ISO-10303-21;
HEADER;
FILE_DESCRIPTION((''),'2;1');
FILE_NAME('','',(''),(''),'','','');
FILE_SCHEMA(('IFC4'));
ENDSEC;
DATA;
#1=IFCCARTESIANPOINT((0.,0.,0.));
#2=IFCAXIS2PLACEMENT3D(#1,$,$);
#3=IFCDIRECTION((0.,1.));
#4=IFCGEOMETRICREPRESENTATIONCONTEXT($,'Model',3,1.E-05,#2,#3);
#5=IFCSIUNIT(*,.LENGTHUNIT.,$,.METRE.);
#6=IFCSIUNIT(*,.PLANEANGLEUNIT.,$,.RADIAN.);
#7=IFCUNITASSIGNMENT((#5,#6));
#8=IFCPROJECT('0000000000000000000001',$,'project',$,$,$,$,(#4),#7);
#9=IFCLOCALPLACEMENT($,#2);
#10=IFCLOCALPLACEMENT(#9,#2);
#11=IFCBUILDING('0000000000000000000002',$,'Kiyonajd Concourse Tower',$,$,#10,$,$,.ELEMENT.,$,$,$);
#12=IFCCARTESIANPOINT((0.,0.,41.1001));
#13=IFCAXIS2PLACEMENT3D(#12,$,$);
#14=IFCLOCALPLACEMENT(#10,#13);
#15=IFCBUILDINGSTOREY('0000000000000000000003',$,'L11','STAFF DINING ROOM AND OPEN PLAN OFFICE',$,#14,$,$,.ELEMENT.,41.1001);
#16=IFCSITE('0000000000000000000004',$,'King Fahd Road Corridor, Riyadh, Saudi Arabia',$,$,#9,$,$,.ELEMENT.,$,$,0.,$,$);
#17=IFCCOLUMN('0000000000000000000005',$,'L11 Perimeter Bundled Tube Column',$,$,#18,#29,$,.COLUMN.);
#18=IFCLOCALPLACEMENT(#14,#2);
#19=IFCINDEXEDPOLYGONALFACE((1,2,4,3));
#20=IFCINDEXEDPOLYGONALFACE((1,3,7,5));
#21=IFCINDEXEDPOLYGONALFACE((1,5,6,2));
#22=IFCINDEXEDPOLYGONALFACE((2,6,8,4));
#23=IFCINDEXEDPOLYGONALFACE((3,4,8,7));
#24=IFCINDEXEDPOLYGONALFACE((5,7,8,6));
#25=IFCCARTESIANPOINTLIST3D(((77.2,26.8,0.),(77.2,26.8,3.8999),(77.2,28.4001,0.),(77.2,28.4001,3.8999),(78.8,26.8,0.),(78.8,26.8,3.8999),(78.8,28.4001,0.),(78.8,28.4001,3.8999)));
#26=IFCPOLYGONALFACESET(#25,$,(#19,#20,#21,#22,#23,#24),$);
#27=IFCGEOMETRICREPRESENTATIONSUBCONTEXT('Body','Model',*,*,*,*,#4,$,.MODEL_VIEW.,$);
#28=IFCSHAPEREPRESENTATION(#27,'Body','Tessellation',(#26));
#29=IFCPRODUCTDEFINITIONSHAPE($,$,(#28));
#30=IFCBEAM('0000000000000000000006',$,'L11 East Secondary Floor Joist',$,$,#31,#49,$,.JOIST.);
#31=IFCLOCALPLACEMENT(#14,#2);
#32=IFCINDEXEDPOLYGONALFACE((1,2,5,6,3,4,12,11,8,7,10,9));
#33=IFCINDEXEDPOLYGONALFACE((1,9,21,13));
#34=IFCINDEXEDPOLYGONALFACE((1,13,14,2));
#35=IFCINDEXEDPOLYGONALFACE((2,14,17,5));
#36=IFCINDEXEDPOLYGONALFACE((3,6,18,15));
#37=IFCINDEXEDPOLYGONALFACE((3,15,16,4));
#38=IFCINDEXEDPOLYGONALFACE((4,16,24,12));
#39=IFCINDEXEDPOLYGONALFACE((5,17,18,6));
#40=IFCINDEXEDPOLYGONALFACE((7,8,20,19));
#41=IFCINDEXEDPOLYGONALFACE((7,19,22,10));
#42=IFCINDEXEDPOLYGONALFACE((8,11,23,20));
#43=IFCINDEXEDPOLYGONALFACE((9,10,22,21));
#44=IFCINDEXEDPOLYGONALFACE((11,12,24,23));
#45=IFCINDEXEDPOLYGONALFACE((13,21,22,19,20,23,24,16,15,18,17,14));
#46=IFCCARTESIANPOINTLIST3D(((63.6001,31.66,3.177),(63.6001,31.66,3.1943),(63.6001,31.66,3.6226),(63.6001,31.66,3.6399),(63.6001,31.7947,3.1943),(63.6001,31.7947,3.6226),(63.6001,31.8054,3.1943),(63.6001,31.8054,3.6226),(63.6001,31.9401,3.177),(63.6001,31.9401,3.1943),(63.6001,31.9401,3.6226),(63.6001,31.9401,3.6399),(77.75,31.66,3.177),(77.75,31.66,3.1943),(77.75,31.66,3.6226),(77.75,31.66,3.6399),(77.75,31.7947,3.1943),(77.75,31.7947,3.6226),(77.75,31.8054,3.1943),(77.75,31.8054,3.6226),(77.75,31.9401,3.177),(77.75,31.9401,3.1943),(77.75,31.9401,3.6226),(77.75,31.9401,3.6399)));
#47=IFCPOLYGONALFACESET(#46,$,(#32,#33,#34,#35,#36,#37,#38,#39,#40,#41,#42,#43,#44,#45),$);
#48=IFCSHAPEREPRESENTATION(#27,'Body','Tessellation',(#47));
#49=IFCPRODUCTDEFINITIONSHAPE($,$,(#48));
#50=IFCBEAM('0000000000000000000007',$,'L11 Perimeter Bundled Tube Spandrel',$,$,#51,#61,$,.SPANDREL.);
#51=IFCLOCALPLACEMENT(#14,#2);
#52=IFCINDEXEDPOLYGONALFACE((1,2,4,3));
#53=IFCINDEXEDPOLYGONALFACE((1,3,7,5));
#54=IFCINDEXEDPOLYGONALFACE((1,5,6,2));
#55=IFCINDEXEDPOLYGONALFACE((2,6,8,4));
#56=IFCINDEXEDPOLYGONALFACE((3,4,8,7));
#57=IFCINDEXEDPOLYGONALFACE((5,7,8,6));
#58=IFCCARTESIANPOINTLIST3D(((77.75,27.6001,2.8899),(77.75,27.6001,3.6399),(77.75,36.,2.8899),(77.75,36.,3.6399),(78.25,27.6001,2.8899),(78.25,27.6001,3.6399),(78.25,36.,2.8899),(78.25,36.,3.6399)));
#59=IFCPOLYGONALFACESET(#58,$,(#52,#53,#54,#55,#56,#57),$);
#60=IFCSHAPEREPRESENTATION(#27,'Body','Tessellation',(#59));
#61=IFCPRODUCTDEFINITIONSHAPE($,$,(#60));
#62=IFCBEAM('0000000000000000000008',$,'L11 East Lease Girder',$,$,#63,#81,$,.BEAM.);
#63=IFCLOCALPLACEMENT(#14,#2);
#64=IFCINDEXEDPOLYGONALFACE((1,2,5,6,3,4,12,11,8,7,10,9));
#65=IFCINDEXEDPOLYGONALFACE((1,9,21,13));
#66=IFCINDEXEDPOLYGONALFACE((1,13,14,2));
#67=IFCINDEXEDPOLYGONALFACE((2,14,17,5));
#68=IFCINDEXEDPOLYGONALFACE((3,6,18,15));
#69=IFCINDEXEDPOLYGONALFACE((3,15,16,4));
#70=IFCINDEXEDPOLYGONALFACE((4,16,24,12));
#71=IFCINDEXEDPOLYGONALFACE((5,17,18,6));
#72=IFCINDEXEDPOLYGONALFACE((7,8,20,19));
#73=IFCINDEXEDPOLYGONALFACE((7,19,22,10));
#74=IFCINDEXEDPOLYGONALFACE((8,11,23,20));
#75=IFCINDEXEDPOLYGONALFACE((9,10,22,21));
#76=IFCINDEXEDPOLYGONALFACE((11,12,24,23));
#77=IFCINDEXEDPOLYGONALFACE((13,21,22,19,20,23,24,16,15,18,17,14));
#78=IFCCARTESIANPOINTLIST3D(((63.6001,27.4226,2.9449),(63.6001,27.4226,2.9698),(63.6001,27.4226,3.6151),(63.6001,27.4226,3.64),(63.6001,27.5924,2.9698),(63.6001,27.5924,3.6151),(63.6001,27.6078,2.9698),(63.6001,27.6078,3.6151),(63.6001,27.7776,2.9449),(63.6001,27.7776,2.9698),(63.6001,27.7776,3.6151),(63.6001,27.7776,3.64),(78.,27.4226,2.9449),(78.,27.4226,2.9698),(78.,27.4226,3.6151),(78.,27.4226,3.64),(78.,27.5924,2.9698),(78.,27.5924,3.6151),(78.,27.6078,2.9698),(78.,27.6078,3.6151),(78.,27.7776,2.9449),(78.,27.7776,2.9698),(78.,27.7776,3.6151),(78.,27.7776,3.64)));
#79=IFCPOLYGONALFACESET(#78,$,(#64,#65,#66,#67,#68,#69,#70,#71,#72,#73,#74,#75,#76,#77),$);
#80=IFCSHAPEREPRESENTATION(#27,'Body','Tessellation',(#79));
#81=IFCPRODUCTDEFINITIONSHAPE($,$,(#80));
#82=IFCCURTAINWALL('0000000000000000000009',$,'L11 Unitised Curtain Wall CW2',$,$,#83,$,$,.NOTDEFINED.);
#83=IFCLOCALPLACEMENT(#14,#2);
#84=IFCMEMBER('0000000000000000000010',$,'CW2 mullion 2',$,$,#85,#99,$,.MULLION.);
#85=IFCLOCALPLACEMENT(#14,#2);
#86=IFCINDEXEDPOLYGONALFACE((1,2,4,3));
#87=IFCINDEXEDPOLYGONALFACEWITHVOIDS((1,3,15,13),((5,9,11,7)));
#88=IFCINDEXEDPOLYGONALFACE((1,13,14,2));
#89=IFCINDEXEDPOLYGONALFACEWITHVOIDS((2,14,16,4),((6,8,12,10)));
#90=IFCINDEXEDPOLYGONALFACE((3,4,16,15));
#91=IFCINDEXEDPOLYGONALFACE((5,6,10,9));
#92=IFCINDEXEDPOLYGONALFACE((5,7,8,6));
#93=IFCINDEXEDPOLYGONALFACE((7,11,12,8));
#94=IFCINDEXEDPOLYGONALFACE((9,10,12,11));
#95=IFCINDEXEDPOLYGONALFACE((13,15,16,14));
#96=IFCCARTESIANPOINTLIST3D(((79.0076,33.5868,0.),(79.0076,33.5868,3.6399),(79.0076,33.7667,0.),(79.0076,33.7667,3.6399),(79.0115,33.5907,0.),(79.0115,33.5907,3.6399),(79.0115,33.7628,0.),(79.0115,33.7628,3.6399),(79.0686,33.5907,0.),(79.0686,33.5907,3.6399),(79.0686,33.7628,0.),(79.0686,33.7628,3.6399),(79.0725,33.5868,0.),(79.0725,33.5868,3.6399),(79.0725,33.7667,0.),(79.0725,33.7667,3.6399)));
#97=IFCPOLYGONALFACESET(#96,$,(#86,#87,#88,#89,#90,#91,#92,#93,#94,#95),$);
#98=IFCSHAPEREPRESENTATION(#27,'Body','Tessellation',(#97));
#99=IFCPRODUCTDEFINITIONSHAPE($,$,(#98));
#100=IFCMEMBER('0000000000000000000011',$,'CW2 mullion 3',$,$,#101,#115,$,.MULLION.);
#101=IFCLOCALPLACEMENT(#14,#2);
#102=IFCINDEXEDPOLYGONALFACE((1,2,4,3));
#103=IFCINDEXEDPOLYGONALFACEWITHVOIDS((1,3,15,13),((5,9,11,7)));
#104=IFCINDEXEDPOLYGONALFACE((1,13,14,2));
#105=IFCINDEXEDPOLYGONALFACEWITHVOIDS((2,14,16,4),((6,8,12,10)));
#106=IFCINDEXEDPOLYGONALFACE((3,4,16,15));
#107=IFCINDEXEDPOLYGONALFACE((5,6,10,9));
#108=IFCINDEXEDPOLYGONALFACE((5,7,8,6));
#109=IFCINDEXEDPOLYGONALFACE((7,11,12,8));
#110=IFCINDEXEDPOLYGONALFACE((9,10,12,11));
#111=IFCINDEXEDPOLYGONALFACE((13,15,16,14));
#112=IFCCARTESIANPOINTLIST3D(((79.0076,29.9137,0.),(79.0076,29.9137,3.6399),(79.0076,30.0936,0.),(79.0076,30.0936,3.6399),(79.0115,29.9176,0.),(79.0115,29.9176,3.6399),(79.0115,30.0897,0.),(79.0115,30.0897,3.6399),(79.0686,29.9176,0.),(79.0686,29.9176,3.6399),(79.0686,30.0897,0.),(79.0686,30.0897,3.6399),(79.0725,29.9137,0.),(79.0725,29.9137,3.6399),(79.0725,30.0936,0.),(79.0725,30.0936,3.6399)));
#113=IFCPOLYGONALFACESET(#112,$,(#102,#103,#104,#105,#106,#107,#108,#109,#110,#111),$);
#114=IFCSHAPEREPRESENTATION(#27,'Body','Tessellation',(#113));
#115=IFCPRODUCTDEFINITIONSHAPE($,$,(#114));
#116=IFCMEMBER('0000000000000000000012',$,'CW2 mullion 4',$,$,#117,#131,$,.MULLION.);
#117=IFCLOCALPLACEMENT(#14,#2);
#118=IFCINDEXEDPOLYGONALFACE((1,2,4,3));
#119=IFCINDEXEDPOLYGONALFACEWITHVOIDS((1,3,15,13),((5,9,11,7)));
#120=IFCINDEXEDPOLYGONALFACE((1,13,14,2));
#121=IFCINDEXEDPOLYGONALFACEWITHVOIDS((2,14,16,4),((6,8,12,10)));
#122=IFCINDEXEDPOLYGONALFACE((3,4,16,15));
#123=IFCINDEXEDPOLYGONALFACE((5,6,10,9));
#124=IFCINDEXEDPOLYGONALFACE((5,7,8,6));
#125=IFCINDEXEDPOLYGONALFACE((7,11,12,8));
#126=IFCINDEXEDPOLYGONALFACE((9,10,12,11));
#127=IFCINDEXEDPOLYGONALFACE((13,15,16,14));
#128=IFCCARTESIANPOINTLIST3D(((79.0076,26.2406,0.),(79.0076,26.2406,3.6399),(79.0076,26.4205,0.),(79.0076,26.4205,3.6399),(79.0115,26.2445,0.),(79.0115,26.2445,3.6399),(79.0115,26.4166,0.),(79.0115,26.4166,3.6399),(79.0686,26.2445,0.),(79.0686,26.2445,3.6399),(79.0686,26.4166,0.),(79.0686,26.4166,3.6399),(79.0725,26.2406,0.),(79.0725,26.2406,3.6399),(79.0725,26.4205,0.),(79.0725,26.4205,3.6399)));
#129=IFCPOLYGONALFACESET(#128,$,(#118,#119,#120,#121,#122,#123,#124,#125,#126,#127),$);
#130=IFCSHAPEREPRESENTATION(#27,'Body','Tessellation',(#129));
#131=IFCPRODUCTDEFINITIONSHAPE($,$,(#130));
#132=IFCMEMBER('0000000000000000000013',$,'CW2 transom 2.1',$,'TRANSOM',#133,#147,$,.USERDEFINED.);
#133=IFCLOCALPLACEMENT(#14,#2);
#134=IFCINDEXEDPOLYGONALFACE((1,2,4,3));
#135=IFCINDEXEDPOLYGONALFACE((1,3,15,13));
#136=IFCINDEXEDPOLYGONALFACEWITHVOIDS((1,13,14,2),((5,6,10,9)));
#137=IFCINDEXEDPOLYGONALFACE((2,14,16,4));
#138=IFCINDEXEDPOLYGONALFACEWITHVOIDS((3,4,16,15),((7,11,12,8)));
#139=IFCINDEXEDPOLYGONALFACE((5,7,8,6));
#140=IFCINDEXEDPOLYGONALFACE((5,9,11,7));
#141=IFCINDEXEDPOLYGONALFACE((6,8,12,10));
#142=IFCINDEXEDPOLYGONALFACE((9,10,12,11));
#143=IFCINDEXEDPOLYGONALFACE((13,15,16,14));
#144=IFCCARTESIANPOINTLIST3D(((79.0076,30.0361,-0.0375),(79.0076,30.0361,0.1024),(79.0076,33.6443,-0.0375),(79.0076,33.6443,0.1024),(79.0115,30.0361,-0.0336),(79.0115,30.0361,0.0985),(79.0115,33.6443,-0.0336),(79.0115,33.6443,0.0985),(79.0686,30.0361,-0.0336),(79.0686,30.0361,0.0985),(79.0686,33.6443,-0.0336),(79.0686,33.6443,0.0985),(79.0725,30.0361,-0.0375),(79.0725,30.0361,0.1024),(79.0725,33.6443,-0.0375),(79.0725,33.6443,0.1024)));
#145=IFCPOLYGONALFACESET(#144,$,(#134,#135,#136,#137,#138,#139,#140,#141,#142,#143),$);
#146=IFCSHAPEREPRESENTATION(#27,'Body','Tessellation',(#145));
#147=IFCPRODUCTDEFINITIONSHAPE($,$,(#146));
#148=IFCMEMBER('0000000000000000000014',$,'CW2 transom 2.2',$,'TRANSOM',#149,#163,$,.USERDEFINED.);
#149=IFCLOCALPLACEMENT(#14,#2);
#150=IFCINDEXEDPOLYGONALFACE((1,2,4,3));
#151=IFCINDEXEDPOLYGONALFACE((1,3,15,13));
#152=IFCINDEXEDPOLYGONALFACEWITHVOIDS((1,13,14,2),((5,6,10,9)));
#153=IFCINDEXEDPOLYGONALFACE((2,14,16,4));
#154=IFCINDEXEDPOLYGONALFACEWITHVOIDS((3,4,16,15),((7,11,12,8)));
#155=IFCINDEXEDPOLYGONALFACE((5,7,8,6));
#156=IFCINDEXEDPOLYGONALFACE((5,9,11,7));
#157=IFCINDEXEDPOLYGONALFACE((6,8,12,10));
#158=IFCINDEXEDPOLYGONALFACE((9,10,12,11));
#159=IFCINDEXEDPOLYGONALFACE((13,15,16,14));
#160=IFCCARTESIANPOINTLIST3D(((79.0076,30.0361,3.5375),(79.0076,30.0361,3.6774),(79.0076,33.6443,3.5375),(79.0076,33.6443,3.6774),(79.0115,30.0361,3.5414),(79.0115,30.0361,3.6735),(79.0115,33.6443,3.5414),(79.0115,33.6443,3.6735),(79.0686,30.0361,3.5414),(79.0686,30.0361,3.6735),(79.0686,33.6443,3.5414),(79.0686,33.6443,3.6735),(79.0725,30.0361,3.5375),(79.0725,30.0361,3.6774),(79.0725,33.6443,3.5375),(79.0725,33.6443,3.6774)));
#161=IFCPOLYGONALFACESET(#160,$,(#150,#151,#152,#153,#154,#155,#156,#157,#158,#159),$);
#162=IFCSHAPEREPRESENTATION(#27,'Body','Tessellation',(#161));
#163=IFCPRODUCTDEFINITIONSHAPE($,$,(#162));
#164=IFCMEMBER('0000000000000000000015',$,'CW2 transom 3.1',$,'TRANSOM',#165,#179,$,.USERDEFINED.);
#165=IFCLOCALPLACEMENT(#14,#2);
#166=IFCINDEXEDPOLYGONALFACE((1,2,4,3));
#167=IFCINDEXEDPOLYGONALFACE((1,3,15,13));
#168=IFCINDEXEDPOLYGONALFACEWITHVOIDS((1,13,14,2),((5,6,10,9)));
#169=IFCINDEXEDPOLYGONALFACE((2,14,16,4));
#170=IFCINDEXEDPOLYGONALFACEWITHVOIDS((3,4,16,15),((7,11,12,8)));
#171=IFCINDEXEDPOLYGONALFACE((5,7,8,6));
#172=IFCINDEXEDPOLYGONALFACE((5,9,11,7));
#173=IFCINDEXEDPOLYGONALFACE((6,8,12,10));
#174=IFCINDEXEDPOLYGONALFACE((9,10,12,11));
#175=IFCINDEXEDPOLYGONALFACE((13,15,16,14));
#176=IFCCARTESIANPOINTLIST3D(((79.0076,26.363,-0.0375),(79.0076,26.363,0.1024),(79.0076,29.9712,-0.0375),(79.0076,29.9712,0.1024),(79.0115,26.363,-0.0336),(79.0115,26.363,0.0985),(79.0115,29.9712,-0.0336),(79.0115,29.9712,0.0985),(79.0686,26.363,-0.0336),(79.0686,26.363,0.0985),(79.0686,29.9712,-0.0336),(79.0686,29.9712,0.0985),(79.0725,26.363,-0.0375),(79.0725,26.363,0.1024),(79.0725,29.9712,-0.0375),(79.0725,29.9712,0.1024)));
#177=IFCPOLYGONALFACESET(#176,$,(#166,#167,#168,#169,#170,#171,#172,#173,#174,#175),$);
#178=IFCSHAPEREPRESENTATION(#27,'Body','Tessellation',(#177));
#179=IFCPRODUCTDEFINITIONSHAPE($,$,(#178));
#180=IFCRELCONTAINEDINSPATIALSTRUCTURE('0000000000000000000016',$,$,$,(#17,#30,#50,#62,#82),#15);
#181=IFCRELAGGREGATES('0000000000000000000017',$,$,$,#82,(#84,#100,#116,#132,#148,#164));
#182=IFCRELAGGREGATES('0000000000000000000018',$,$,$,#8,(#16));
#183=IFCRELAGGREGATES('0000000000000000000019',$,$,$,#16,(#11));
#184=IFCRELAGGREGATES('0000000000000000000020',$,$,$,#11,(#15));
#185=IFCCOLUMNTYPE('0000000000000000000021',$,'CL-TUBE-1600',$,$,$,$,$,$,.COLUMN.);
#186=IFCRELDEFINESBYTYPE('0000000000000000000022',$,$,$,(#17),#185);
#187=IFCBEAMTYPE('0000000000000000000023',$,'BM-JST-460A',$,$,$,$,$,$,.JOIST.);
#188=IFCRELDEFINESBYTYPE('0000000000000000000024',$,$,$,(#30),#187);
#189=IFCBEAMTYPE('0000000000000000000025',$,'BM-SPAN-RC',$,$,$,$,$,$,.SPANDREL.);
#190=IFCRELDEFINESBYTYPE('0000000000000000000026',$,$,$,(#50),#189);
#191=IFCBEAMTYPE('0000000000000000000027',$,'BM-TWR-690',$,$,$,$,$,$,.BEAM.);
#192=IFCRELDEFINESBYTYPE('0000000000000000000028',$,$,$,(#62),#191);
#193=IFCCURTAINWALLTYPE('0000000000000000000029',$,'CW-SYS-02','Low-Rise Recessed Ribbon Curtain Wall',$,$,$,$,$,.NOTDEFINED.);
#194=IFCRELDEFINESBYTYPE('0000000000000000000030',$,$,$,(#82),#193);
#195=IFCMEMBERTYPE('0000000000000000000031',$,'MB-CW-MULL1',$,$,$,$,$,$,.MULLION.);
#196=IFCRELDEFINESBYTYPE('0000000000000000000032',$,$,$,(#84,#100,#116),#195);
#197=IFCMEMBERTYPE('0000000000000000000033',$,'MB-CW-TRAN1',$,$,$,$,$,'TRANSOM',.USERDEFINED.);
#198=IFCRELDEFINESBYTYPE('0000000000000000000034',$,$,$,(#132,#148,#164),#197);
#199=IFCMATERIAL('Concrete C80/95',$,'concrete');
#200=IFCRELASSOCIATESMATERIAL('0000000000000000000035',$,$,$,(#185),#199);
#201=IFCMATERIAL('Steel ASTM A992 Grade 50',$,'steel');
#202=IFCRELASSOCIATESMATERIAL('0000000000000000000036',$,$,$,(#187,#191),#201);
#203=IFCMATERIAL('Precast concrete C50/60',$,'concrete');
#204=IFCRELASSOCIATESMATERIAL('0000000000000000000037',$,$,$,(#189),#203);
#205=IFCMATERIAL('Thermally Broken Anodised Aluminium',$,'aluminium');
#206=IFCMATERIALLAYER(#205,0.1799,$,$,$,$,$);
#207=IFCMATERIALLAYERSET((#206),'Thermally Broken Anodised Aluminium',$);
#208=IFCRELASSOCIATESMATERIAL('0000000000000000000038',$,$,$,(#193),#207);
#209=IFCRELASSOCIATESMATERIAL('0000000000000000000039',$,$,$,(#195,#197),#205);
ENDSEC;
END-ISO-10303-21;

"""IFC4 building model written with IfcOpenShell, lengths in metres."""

from ifc_helpers import new_model, si_unit, direction, frame, origin, origin_2d, place, context, subcontext, project, spatial, rectangle, hollow_rectangle, i_section, extrude, material, layer, layer_set, material_profile, profile_set, type_object, element, aggregate, save


model = new_model("IFC4")

# Units and contexts
model_context = context("Model", 3, precision=1e-05, world=origin(), true_north=direction((0.0, 1.0)))
body_context = subcontext(model_context, "Body", "Model", "MODEL_VIEW")
ifc_project = project(units=[si_unit("LENGTHUNIT", "METRE"), si_unit("PLANEANGLEUNIT", "RADIAN")], contexts=[model_context])

# Site, building, storey
site_placement = place(None, origin())
site = spatial("IfcSite", under=ifc_project, at=site_placement, Name="King Fahd Road Corridor, Riyadh, Saudi Arabia", CompositionType="ELEMENT", RefElevation=0.0)
building_placement = place(site_placement, origin())
building = spatial("IfcBuilding", under=site, at=building_placement, Name="Kiyonajd Concourse Tower", CompositionType="ELEMENT")
storey_placement = place(building_placement, frame((0.0, 0.0, 41.1001)))
storey = spatial("IfcBuildingStorey", under=building, at=storey_placement, Name="L11", Description="STAFF DINING ROOM AND OPEN PLAN OFFICE", CompositionType="ELEMENT", Elevation=41.1001)

# Column
ifc_material_1 = material(Name="Concrete C80/95", Category="concrete")
ifc_material_profile_1 = material_profile(ifc_material_1, rectangle(XDim=1.6001, YDim=1.6001, at=origin_2d()), Name="RC-1600x1600")
ifc_profile_set_1 = profile_set([ifc_material_profile_1], Name="Concrete C80/95")
column_type = type_object("IfcColumnType", Name="CL-TUBE-1600", PredefinedType="COLUMN", material=ifc_profile_set_1)
column_placement = place(storey_placement, frame((78.0, 27.6001, 0.0), z_axis=(0.0, 0.0, 1.0), x_axis=(1.0, 0.0, 0.0)))
element("IfcColumn", 1, at=column_placement, inside=storey, type_object=column_type, Name="L11 Perimeter Bundled Tube Column", PredefinedType="COLUMN", context=body_context, shape_type="SweptSolid", body=[
    extrude(rectangle(XDim=1.6001, YDim=1.6001, at=origin_2d()), origin(), (0.0, 0.0, 1.0), 3.8999),
])

# Beams
ifc_material_2 = material(Name="Steel ASTM A992 Grade 50", Category="steel")
ifc_material_profile_2 = material_profile(ifc_material_2, i_section(OverallWidth=0.28, OverallDepth=0.4629, WebThickness=0.0107, FlangeThickness=0.0173, at=origin_2d()), Name="W460X113")
ifc_profile_set_2 = profile_set([ifc_material_profile_2], Name="Steel ASTM A992 Grade 50")
beam_type_1 = type_object("IfcBeamType", Name="BM-JST-460A", PredefinedType="JOIST", material=ifc_profile_set_2)
beam_1_placement = place(storey_placement, frame((63.6001, 31.8, 3.4084), z_axis=(1.0, 0.0, 0.0), x_axis=(0.0, 1.0, 0.0)))
element("IfcBeam", 2, at=beam_1_placement, inside=storey, type_object=beam_type_1, Name="L11 East Secondary Floor Joist", PredefinedType="JOIST", context=body_context, shape_type="SweptSolid", body=[
    extrude(i_section(OverallWidth=0.28, OverallDepth=0.4629, WebThickness=0.0107, FlangeThickness=0.0173, at=origin_2d()), origin(), (0.0, 0.0, 1.0), 14.1499),
])
ifc_material_3 = material(Name="Precast concrete C50/60", Category="concrete")
ifc_material_profile_3 = material_profile(ifc_material_3, rectangle(XDim=0.5, YDim=0.75, at=origin_2d()), Name="RCBM-500x750")
ifc_profile_set_3 = profile_set([ifc_material_profile_3], Name="Precast concrete C50/60")
beam_type_2 = type_object("IfcBeamType", Name="BM-SPAN-RC", PredefinedType="SPANDREL", material=ifc_profile_set_3)
beam_2_placement = place(storey_placement, frame((78.0, 27.6001, 3.2649), z_axis=(0.0, 1.0, 0.0), x_axis=(-1.0, 0.0, 0.0)))
element("IfcBeam", 3, at=beam_2_placement, inside=storey, type_object=beam_type_2, Name="L11 Perimeter Bundled Tube Spandrel", PredefinedType="SPANDREL", context=body_context, shape_type="SweptSolid", body=[
    extrude(rectangle(XDim=0.5, YDim=0.75, at=origin_2d()), origin(), (0.0, 0.0, 1.0), 8.3999),
])
ifc_material_profile_4 = material_profile(ifc_material_2, i_section(OverallWidth=0.355, OverallDepth=0.6951, WebThickness=0.0154, FlangeThickness=0.0249, at=origin_2d()), Name="W690X217")
ifc_profile_set_4 = profile_set([ifc_material_profile_4], Name="Steel ASTM A992 Grade 50")
beam_type_3 = type_object("IfcBeamType", Name="BM-TWR-690", PredefinedType="BEAM", material=ifc_profile_set_4)
beam_3_placement = place(storey_placement, frame((63.6001, 27.6001, 3.2925), z_axis=(1.0, 0.0, 0.0), x_axis=(0.0, 1.0, 0.0)))
element("IfcBeam", 4, at=beam_3_placement, inside=storey, type_object=beam_type_3, Name="L11 East Lease Girder", PredefinedType="BEAM", context=body_context, shape_type="SweptSolid", body=[
    extrude(i_section(OverallWidth=0.355, OverallDepth=0.6951, WebThickness=0.0154, FlangeThickness=0.0249, at=origin_2d()), origin(), (0.0, 0.0, 1.0), 14.3999),
])

# Curtain wall, members
ifc_material_4 = material(Name="Thermally Broken Anodised Aluminium", Category="aluminium")
ifc_layer_1 = layer(ifc_material_4, 0.1799)
ifc_layer_set_1 = layer_set([ifc_layer_1], Name="Thermally Broken Anodised Aluminium")
curtain_wall_type = type_object("IfcCurtainWallType", Name="CW-SYS-02", Description="Low-Rise Recessed Ribbon Curtain Wall", PredefinedType="NOTDEFINED", material=ifc_layer_set_1)
curtain_wall_placement = place(storey_placement, origin())
curtain_wall = element("IfcCurtainWall", 5, at=curtain_wall_placement, inside=storey, type_object=curtain_wall_type, Name="L11 Unitised Curtain Wall CW2", PredefinedType="NOTDEFINED")
ifc_material_profile_5 = material_profile(ifc_material_4, hollow_rectangle(XDim=0.0649, YDim=0.1799, WallThickness=0.0039, at=origin_2d()), Name="MULL-65x180")
ifc_profile_set_5 = profile_set([ifc_material_profile_5], Name="Thermally Broken Anodised Aluminium")
member_type_1 = type_object("IfcMemberType", Name="MB-CW-MULL1", PredefinedType="MULLION", material=ifc_profile_set_5)
member_1_placement = place(storey_placement, frame((79.04, 33.6768, 0.0), z_axis=(0.0, 0.0, 1.0), x_axis=(1.0, 0.0, 0.0)))
member_1 = element("IfcMember", 6, at=member_1_placement, type_object=member_type_1, Name="CW2 mullion 2", PredefinedType="MULLION", context=body_context, shape_type="SweptSolid", body=[
    extrude(hollow_rectangle(XDim=0.0649, YDim=0.1799, WallThickness=0.0039, at=origin_2d()), origin(), (0.0, 0.0, 1.0), 3.6399),
])
member_2_placement = place(storey_placement, frame((79.04, 30.0037, 0.0), z_axis=(0.0, 0.0, 1.0), x_axis=(1.0, 0.0, 0.0)))
member_2 = element("IfcMember", 7, at=member_2_placement, type_object=member_type_1, Name="CW2 mullion 3", PredefinedType="MULLION", context=body_context, shape_type="SweptSolid", body=[
    extrude(hollow_rectangle(XDim=0.0649, YDim=0.1799, WallThickness=0.0039, at=origin_2d()), origin(), (0.0, 0.0, 1.0), 3.6399),
])
member_3_placement = place(storey_placement, frame((79.04, 26.3306, 0.0), z_axis=(0.0, 0.0, 1.0), x_axis=(1.0, 0.0, 0.0)))
member_3 = element("IfcMember", 8, at=member_3_placement, type_object=member_type_1, Name="CW2 mullion 4", PredefinedType="MULLION", context=body_context, shape_type="SweptSolid", body=[
    extrude(hollow_rectangle(XDim=0.0649, YDim=0.1799, WallThickness=0.0039, at=origin_2d()), origin(), (0.0, 0.0, 1.0), 3.6399),
])
ifc_material_profile_6 = material_profile(ifc_material_4, hollow_rectangle(XDim=0.0649, YDim=0.1399, WallThickness=0.0039, at=origin_2d()), Name="TRAN-65x140")
ifc_profile_set_6 = profile_set([ifc_material_profile_6], Name="Thermally Broken Anodised Aluminium")
member_type_2 = type_object("IfcMemberType", Name="MB-CW-TRAN1", ElementType="TRANSOM", PredefinedType="USERDEFINED", material=ifc_profile_set_6)
member_4_placement = place(storey_placement, frame((79.04, 33.6443, 0.0325), z_axis=(0.0, -1.0, 0.0), x_axis=(1.0, 0.0, 0.0)))
member_4 = element("IfcMember", 9, at=member_4_placement, type_object=member_type_2, Name="CW2 transom 2.1", ObjectType="TRANSOM", PredefinedType="USERDEFINED", context=body_context, shape_type="SweptSolid", body=[
    extrude(hollow_rectangle(XDim=0.0649, YDim=0.1399, WallThickness=0.0039, at=origin_2d()), origin(), (0.0, 0.0, 1.0), 3.6082),
])
member_5_placement = place(storey_placement, frame((79.04, 33.6443, 3.6074), z_axis=(0.0, -1.0, 0.0), x_axis=(1.0, 0.0, 0.0)))
member_5 = element("IfcMember", 10, at=member_5_placement, type_object=member_type_2, Name="CW2 transom 2.2", ObjectType="TRANSOM", PredefinedType="USERDEFINED", context=body_context, shape_type="SweptSolid", body=[
    extrude(hollow_rectangle(XDim=0.0649, YDim=0.1399, WallThickness=0.0039, at=origin_2d()), origin(), (0.0, 0.0, 1.0), 3.6082),
])
member_6_placement = place(storey_placement, frame((79.04, 29.9712, 0.0325), z_axis=(0.0, -1.0, 0.0), x_axis=(1.0, 0.0, 0.0)))
member_6 = element("IfcMember", 11, at=member_6_placement, type_object=member_type_2, Name="CW2 transom 3.1", ObjectType="TRANSOM", PredefinedType="USERDEFINED", context=body_context, shape_type="SweptSolid", body=[
    extrude(hollow_rectangle(XDim=0.0649, YDim=0.1399, WallThickness=0.0039, at=origin_2d()), origin(), (0.0, 0.0, 1.0), 3.6082),
])
aggregate(curtain_wall, [member_1, member_2, member_3, member_4, member_5, member_6])

save(model, "model.ifc")
